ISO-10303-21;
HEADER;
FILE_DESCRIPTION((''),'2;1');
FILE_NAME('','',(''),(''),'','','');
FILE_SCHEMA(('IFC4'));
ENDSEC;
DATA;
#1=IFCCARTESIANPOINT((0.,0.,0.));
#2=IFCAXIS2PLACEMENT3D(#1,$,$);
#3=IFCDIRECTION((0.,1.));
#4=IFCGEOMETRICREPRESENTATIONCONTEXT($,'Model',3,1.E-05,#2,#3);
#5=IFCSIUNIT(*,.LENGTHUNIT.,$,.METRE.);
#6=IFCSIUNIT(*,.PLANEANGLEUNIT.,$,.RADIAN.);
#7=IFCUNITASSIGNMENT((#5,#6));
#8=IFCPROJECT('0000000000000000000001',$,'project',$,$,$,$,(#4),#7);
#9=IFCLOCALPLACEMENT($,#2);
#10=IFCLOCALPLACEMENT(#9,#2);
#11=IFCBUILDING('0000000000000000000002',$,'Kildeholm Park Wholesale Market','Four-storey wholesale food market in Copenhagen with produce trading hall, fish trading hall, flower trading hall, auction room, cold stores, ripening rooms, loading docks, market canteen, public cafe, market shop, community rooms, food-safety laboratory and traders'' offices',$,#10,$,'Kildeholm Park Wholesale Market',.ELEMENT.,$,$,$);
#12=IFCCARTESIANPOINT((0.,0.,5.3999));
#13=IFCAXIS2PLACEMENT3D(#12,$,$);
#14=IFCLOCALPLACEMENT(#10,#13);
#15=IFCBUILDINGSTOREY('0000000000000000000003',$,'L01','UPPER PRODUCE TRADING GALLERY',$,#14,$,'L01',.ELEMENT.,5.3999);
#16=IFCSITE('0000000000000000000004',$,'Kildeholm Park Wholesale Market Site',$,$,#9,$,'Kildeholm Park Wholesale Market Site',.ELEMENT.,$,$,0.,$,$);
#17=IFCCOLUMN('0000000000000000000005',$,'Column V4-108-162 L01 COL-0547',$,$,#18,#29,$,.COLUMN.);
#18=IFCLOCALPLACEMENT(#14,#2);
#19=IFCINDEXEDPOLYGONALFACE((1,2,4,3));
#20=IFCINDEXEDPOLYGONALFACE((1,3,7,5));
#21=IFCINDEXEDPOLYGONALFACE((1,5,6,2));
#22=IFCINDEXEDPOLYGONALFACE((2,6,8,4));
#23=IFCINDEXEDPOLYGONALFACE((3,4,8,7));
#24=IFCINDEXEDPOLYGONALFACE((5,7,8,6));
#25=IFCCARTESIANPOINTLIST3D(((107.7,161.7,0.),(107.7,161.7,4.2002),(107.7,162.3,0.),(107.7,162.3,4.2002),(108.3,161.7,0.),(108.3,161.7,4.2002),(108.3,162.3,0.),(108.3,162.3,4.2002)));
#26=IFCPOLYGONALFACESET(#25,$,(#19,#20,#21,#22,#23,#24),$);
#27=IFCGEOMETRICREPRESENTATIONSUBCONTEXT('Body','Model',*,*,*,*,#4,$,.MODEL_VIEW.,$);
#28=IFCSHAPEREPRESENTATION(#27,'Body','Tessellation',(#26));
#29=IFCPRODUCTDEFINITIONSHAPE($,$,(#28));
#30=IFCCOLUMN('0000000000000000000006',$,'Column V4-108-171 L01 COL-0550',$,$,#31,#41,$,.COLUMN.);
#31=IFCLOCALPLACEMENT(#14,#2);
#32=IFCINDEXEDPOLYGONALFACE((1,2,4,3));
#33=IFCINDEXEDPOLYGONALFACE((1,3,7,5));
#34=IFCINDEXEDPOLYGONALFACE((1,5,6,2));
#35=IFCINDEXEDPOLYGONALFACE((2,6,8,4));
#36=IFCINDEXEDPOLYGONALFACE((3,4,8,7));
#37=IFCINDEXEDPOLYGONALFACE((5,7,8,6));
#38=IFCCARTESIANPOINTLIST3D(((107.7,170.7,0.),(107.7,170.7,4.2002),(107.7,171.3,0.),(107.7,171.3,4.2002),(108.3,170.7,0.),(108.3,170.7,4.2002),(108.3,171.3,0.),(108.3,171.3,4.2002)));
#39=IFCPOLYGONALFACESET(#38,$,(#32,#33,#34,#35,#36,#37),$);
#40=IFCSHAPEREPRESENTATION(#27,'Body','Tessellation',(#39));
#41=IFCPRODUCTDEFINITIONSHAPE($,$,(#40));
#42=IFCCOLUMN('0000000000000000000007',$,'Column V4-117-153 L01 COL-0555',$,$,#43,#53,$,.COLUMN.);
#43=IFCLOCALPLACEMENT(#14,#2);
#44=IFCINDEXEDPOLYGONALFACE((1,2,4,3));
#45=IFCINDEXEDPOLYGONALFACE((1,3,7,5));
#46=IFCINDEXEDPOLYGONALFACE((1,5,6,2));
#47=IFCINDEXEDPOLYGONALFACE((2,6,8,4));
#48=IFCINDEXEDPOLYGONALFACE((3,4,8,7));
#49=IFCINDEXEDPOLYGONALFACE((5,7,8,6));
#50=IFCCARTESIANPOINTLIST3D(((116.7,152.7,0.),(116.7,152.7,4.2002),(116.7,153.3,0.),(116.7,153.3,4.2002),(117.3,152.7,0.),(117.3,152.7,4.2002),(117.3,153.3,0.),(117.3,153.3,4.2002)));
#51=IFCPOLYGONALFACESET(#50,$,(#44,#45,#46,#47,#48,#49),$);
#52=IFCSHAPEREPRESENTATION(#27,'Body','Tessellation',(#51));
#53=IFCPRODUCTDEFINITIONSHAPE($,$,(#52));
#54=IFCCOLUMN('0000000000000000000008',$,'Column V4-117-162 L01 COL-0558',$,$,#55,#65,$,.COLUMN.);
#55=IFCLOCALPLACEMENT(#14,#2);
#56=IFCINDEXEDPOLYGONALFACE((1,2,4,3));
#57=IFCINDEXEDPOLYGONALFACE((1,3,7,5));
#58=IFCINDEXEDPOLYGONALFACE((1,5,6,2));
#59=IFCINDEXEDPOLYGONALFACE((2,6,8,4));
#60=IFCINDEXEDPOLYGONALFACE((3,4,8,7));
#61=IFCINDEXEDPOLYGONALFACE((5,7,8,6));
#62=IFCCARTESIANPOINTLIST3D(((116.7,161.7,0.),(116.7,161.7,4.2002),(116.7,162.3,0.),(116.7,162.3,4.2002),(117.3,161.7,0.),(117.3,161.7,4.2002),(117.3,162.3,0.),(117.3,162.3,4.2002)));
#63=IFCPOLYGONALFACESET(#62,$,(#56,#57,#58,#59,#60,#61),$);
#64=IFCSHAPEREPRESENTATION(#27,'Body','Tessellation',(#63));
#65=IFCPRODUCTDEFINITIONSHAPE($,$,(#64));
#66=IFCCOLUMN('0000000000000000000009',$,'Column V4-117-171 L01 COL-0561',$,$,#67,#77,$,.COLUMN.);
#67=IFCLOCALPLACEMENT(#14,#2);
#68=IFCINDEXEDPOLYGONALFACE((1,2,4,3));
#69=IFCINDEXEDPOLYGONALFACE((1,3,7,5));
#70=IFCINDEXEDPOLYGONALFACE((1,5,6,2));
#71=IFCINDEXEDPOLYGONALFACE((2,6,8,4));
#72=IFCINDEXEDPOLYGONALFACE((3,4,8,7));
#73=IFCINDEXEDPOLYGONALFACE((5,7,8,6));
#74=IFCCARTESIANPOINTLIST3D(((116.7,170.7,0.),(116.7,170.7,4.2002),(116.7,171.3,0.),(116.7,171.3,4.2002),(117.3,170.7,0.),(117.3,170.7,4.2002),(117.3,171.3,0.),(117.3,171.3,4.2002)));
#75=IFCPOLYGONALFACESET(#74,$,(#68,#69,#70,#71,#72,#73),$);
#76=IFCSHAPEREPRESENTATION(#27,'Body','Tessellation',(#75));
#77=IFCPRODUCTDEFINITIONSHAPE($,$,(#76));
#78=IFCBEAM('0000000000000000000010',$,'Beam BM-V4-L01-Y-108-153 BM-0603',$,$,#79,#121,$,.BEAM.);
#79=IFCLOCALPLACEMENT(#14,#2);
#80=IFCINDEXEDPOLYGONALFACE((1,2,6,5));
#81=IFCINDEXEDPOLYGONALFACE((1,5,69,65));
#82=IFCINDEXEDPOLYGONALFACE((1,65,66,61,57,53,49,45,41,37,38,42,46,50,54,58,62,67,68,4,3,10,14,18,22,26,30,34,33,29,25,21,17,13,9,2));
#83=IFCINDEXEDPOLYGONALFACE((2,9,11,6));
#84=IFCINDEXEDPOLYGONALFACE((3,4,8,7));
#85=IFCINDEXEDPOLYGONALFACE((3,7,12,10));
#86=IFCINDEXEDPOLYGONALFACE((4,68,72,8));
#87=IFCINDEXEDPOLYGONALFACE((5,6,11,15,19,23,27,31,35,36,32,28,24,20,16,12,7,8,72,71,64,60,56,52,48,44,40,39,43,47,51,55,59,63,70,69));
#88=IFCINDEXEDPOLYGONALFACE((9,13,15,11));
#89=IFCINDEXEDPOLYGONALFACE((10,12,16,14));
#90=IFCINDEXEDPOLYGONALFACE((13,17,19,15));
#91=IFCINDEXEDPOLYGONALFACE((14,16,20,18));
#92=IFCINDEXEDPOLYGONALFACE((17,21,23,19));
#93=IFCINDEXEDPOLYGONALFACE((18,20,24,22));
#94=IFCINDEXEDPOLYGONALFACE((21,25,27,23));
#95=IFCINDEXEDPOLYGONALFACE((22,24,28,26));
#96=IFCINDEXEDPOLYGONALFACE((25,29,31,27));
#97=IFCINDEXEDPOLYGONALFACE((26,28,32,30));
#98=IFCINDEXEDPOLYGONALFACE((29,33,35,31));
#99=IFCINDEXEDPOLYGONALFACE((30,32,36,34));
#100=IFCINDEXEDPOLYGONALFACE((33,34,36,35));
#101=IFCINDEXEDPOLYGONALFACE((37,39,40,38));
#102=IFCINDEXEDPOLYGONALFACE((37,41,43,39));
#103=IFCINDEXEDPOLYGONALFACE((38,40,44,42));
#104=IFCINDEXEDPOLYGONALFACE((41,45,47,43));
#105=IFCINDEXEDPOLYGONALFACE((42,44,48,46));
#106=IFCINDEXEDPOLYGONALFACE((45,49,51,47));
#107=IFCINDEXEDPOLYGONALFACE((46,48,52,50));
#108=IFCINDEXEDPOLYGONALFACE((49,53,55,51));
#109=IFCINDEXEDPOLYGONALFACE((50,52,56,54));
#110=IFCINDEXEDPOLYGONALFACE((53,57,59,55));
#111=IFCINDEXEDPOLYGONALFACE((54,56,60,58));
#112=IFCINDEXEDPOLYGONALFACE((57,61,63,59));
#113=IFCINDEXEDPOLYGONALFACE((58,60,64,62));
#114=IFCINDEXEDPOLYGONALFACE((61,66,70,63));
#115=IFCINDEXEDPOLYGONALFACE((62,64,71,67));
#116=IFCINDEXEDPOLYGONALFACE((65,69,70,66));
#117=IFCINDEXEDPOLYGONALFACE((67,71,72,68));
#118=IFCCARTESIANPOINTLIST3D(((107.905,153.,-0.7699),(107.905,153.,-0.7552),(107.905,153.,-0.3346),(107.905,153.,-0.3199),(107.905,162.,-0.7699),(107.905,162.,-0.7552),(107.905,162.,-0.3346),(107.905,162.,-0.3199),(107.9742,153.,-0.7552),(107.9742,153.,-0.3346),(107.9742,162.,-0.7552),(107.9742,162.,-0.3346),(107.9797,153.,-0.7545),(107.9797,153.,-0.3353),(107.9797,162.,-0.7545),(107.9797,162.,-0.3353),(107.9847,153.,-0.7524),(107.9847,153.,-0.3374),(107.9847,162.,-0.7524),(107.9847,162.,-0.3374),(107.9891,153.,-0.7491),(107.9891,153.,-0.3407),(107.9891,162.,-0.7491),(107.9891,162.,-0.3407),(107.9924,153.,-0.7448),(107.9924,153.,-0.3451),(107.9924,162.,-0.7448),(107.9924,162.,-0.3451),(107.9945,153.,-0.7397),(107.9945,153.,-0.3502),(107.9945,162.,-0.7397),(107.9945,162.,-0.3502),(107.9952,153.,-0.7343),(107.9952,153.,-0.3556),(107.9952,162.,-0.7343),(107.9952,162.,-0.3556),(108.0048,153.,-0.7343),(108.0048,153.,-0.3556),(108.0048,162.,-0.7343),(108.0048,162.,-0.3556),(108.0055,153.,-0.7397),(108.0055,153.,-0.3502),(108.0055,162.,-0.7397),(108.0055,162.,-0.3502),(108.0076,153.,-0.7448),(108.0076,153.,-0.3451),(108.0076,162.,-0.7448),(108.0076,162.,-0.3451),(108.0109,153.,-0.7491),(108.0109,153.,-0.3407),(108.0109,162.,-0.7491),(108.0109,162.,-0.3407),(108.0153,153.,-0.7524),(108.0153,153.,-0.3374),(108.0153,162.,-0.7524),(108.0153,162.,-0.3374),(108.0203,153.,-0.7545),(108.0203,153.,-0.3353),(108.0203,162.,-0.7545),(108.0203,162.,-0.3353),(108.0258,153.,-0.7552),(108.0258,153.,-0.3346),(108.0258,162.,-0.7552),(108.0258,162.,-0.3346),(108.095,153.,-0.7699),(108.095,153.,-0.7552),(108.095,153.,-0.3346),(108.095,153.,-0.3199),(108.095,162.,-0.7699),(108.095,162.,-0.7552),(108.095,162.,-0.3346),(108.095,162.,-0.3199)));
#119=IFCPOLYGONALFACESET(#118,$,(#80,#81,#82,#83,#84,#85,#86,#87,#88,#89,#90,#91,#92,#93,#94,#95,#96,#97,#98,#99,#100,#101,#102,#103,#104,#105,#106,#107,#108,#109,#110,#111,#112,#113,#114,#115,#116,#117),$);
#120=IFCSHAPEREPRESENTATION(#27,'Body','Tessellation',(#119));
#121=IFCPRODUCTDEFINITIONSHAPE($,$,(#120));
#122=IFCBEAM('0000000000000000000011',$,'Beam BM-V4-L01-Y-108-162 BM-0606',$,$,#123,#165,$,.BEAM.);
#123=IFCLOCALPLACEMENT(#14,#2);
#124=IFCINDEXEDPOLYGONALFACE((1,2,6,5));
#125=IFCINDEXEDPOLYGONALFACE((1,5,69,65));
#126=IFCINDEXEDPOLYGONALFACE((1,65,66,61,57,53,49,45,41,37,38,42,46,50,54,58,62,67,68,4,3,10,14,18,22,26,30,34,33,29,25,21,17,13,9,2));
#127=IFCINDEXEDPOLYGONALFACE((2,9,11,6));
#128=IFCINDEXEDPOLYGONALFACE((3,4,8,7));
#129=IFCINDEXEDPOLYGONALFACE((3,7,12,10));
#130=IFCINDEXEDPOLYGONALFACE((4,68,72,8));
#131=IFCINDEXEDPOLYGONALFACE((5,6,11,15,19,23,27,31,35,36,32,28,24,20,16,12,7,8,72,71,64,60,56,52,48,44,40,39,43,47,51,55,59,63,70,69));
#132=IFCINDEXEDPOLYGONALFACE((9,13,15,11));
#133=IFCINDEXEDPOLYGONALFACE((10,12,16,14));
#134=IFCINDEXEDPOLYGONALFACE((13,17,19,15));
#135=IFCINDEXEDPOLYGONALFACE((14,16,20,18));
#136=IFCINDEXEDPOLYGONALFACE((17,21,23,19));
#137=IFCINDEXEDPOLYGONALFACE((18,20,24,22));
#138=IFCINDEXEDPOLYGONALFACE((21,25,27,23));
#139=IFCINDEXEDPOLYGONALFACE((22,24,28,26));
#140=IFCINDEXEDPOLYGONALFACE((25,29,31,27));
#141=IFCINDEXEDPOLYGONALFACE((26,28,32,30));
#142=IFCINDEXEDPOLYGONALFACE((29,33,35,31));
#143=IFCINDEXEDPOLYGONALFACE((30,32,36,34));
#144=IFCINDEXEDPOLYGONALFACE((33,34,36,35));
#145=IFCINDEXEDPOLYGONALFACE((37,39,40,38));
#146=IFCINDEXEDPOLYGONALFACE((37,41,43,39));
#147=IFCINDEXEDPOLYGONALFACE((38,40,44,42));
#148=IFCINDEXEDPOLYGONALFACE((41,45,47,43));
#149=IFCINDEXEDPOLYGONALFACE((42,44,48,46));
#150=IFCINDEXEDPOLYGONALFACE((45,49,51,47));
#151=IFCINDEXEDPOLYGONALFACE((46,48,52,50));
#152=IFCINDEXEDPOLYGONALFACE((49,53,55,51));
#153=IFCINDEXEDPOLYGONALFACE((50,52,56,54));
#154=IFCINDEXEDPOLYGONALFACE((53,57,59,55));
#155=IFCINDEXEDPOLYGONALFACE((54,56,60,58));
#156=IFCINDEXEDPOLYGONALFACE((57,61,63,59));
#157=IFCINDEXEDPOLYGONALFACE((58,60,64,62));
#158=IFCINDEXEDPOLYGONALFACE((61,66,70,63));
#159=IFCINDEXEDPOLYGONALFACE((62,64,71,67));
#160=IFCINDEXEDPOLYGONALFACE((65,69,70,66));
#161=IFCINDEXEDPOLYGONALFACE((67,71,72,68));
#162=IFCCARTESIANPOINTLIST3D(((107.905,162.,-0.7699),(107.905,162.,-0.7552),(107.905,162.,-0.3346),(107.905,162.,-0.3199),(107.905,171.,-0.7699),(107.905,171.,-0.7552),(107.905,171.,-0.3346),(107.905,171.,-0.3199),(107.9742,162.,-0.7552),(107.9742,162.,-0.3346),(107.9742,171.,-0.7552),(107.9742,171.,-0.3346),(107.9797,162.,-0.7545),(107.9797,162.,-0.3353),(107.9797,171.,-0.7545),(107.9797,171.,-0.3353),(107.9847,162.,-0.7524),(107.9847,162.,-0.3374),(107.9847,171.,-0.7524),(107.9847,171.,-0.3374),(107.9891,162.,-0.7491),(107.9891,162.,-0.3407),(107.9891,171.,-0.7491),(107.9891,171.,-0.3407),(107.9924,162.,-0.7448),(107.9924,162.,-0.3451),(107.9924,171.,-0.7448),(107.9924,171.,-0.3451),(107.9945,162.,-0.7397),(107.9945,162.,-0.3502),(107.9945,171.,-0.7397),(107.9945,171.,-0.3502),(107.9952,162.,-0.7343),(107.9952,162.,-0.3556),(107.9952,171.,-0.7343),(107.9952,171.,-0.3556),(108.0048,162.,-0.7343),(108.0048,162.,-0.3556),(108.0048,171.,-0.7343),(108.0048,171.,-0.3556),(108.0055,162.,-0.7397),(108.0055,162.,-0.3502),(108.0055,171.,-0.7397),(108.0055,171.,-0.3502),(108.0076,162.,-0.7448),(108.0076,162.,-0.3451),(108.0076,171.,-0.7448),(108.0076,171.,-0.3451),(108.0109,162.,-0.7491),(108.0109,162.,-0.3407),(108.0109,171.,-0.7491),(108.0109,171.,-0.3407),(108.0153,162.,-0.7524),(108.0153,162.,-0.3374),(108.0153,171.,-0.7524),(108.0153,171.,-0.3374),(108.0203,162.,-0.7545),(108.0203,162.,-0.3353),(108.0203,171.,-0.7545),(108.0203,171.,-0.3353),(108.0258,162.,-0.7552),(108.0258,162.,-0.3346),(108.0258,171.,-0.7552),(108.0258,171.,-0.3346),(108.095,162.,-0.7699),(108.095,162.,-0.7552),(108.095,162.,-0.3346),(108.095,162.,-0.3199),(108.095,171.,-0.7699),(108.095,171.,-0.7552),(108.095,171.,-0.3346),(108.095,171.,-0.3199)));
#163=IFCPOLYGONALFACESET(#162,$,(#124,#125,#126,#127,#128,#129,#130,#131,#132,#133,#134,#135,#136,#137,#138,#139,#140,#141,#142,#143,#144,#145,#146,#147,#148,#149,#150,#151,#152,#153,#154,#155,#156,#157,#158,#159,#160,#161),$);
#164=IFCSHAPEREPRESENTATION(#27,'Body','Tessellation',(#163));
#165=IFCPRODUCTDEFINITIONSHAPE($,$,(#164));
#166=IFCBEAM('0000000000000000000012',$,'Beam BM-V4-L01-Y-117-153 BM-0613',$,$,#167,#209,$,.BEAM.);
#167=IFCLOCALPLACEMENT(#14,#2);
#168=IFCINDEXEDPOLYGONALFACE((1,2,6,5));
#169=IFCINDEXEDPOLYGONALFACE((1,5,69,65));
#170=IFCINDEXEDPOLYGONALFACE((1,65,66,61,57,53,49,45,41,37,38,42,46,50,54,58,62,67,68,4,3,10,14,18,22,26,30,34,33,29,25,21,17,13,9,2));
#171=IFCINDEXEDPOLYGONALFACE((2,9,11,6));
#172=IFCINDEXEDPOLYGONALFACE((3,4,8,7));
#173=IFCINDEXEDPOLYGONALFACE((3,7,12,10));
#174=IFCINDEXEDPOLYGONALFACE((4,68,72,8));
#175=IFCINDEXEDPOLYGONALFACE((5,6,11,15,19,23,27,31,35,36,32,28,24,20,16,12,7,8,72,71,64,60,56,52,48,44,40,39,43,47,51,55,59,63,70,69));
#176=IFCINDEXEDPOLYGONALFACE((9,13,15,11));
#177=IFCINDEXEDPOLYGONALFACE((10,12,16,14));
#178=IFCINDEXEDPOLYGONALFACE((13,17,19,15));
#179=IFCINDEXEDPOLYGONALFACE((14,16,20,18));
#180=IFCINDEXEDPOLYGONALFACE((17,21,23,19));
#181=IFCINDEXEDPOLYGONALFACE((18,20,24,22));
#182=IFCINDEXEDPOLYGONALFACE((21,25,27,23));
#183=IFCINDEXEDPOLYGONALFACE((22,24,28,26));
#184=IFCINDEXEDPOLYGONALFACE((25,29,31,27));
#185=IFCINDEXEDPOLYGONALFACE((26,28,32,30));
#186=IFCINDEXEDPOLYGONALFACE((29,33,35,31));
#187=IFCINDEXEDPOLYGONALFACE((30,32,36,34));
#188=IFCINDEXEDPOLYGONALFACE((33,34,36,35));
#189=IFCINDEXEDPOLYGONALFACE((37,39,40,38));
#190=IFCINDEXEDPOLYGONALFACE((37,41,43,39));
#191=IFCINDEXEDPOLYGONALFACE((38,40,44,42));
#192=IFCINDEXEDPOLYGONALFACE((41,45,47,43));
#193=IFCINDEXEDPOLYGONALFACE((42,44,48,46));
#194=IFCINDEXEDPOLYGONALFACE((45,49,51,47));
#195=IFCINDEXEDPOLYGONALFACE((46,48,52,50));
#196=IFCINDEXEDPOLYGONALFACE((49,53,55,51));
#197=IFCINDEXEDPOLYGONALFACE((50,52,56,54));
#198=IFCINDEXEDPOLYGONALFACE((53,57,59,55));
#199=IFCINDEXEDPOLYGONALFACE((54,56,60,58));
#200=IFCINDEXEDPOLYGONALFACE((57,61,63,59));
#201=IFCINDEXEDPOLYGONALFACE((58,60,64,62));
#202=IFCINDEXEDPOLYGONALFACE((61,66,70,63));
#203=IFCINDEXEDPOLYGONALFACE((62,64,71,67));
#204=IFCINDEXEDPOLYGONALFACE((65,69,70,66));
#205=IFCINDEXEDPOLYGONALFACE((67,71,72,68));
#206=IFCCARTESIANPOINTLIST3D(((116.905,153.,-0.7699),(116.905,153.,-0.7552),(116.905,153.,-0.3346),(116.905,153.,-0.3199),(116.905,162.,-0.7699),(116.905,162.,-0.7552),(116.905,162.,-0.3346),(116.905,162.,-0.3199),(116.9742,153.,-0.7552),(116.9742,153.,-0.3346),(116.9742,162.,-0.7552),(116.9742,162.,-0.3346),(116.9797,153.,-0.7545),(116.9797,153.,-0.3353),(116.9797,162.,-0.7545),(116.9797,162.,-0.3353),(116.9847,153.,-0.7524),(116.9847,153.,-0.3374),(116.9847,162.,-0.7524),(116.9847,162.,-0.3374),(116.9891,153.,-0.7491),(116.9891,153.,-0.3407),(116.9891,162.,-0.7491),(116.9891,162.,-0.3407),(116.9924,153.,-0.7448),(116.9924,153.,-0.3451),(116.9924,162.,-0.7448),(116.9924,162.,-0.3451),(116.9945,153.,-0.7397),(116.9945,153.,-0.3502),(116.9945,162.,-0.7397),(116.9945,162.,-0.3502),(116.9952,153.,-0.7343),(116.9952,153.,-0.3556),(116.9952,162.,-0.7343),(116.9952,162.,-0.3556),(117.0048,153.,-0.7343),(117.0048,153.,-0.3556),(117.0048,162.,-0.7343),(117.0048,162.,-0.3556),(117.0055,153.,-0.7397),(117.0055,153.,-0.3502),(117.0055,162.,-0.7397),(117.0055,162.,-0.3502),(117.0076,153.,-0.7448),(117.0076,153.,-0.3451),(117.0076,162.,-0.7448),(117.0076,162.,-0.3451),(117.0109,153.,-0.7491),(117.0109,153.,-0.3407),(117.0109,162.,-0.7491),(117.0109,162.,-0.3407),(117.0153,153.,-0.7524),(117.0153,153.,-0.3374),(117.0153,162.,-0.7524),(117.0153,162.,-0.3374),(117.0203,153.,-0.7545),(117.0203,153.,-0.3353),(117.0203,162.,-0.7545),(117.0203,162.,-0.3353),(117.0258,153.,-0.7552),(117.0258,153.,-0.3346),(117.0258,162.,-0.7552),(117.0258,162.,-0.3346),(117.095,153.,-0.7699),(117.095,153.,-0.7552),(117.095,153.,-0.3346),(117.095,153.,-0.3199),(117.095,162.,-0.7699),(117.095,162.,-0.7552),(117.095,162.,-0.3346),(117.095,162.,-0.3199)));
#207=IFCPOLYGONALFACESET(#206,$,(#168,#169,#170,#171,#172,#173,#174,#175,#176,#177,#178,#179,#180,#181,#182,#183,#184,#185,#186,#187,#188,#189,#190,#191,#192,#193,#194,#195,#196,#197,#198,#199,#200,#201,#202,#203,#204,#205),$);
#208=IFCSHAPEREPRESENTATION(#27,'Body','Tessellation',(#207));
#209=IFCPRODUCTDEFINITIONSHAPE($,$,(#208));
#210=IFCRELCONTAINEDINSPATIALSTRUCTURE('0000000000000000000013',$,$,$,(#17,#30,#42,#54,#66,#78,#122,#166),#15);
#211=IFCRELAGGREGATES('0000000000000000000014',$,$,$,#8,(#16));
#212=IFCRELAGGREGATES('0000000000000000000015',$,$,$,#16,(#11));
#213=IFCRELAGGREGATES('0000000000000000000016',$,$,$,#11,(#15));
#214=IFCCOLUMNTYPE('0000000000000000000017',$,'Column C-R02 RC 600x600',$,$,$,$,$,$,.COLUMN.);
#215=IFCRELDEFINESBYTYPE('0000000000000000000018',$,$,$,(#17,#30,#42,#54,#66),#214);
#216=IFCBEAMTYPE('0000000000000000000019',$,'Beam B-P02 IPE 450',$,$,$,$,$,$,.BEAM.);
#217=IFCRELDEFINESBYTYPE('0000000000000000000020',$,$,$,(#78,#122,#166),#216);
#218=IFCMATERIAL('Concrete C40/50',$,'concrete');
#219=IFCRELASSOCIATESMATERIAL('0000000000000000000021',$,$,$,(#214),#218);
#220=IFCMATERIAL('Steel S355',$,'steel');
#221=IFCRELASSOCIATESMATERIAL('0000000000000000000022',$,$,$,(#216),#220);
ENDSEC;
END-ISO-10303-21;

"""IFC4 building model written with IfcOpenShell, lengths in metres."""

from ifc_helpers import new_model, si_unit, direction, frame, origin, origin_2d, place, context, subcontext, project, spatial, rectangle, i_section, extrude, material, material_profile, profile_set, type_object, element, save


model = new_model("IFC4")

# Units and contexts
model_context = context("Model", 3, precision=1e-05, world=origin(), true_north=direction((0.0, 1.0)))
body_context = subcontext(model_context, "Body", "Model", "MODEL_VIEW")
ifc_project = project(units=[si_unit("LENGTHUNIT", "METRE"), si_unit("PLANEANGLEUNIT", "RADIAN")], contexts=[model_context])

# Site, building, storey
site_placement = place(None, origin())
site = spatial("IfcSite", under=ifc_project, at=site_placement, Name="Kildeholm Park Wholesale Market Site", LongName="Kildeholm Park Wholesale Market Site", CompositionType="ELEMENT", RefElevation=0.0)
building_placement = place(site_placement, origin())
building = spatial("IfcBuilding", under=site, at=building_placement, Name="Kildeholm Park Wholesale Market", Description="Four-storey wholesale food market in Copenhagen with produce trading hall, fish trading hall, flower trading hall, auction room, cold stores, ripening rooms, loading docks, market canteen, public cafe, market shop, community rooms, food-safety laboratory and traders' offices", LongName="Kildeholm Park Wholesale Market", CompositionType="ELEMENT")
storey_placement = place(building_placement, frame((0.0, 0.0, 5.3999)))
storey = spatial("IfcBuildingStorey", under=building, at=storey_placement, Name="L01", Description="UPPER PRODUCE TRADING GALLERY", LongName="L01", CompositionType="ELEMENT", Elevation=5.3999)

# Columns
ifc_material_1 = material(Name="Concrete C40/50", Category="concrete")
ifc_material_profile_1 = material_profile(ifc_material_1, rectangle(XDim=0.6001, YDim=0.6001, at=origin_2d()), Name="RC 600x600")
ifc_profile_set_1 = profile_set([ifc_material_profile_1], Name="Concrete C40/50")
column_type = type_object("IfcColumnType", Name="Column C-R02 RC 600x600", PredefinedType="COLUMN", material=ifc_profile_set_1)
for number, where, z_axis, x_axis, name in (
    (1, (108.0, 162.0, 0.0), (0.0, 0.0, 1.0), (1.0, 0.0, 0.0), "Column V4-108-162 L01 COL-0547"),
    (2, (108.0, 171.0, 0.0), (0.0, 0.0, 1.0), (1.0, 0.0, 0.0), "Column V4-108-171 L01 COL-0550"),
    (3, (117.0, 153.0, 0.0), (0.0, 0.0, 1.0), (1.0, 0.0, 0.0), "Column V4-117-153 L01 COL-0555"),
    (4, (117.0, 162.0, 0.0), (0.0, 0.0, 1.0), (1.0, 0.0, 0.0), "Column V4-117-162 L01 COL-0558"),
    (5, (117.0, 171.0, 0.0), (0.0, 0.0, 1.0), (1.0, 0.0, 0.0), "Column V4-117-171 L01 COL-0561"),
):
    element("IfcColumn", number, at=place(storey_placement, frame(where, z_axis=z_axis, x_axis=x_axis)), inside=storey, type_object=column_type, Name=name, PredefinedType="COLUMN", context=body_context, shape_type="SweptSolid", body=[
        extrude(rectangle(XDim=0.6001, YDim=0.6001, at=origin_2d()), origin(), (0.0, 0.0, 1.0), 4.2002),
    ])

# Beams
ifc_material_2 = material(Name="Steel S355", Category="steel")
ifc_material_profile_2 = material_profile(ifc_material_2, i_section(OverallWidth=0.1899, OverallDepth=0.45, WebThickness=0.0095, FlangeThickness=0.0146, FilletRadius=0.021, at=origin_2d()), Name="IPE 450")
ifc_profile_set_2 = profile_set([ifc_material_profile_2], Name="Steel S355")
beam_type_1 = type_object("IfcBeamType", Name="Beam B-P02 IPE 450", PredefinedType="BEAM", material=ifc_profile_set_2)
for number, where, z_axis, x_axis, name in (
    (6, (108.0, 153.0, -0.5449), (0.0, 1.0, 0.0), (-1.0, 0.0, 0.0), "Beam BM-V4-L01-Y-108-153 BM-0603"),
    (7, (108.0, 162.0, -0.5449), (0.0, 1.0, 0.0), (-1.0, 0.0, 0.0), "Beam BM-V4-L01-Y-108-162 BM-0606"),
    (8, (117.0, 153.0, -0.5449), (0.0, 1.0, 0.0), (-1.0, 0.0, 0.0), "Beam BM-V4-L01-Y-117-153 BM-0613"),
):
    element("IfcBeam", number, at=place(storey_placement, frame(where, z_axis=z_axis, x_axis=x_axis)), inside=storey, type_object=beam_type_1, Name=name, PredefinedType="BEAM", context=body_context, shape_type="SweptSolid", body=[
        extrude(i_section(OverallWidth=0.1899, OverallDepth=0.45, WebThickness=0.0095, FlangeThickness=0.0146, FilletRadius=0.021, at=origin_2d()), origin(), (0.0, 0.0, 1.0), 9.0),
    ])

save(model, "model.ifc")
